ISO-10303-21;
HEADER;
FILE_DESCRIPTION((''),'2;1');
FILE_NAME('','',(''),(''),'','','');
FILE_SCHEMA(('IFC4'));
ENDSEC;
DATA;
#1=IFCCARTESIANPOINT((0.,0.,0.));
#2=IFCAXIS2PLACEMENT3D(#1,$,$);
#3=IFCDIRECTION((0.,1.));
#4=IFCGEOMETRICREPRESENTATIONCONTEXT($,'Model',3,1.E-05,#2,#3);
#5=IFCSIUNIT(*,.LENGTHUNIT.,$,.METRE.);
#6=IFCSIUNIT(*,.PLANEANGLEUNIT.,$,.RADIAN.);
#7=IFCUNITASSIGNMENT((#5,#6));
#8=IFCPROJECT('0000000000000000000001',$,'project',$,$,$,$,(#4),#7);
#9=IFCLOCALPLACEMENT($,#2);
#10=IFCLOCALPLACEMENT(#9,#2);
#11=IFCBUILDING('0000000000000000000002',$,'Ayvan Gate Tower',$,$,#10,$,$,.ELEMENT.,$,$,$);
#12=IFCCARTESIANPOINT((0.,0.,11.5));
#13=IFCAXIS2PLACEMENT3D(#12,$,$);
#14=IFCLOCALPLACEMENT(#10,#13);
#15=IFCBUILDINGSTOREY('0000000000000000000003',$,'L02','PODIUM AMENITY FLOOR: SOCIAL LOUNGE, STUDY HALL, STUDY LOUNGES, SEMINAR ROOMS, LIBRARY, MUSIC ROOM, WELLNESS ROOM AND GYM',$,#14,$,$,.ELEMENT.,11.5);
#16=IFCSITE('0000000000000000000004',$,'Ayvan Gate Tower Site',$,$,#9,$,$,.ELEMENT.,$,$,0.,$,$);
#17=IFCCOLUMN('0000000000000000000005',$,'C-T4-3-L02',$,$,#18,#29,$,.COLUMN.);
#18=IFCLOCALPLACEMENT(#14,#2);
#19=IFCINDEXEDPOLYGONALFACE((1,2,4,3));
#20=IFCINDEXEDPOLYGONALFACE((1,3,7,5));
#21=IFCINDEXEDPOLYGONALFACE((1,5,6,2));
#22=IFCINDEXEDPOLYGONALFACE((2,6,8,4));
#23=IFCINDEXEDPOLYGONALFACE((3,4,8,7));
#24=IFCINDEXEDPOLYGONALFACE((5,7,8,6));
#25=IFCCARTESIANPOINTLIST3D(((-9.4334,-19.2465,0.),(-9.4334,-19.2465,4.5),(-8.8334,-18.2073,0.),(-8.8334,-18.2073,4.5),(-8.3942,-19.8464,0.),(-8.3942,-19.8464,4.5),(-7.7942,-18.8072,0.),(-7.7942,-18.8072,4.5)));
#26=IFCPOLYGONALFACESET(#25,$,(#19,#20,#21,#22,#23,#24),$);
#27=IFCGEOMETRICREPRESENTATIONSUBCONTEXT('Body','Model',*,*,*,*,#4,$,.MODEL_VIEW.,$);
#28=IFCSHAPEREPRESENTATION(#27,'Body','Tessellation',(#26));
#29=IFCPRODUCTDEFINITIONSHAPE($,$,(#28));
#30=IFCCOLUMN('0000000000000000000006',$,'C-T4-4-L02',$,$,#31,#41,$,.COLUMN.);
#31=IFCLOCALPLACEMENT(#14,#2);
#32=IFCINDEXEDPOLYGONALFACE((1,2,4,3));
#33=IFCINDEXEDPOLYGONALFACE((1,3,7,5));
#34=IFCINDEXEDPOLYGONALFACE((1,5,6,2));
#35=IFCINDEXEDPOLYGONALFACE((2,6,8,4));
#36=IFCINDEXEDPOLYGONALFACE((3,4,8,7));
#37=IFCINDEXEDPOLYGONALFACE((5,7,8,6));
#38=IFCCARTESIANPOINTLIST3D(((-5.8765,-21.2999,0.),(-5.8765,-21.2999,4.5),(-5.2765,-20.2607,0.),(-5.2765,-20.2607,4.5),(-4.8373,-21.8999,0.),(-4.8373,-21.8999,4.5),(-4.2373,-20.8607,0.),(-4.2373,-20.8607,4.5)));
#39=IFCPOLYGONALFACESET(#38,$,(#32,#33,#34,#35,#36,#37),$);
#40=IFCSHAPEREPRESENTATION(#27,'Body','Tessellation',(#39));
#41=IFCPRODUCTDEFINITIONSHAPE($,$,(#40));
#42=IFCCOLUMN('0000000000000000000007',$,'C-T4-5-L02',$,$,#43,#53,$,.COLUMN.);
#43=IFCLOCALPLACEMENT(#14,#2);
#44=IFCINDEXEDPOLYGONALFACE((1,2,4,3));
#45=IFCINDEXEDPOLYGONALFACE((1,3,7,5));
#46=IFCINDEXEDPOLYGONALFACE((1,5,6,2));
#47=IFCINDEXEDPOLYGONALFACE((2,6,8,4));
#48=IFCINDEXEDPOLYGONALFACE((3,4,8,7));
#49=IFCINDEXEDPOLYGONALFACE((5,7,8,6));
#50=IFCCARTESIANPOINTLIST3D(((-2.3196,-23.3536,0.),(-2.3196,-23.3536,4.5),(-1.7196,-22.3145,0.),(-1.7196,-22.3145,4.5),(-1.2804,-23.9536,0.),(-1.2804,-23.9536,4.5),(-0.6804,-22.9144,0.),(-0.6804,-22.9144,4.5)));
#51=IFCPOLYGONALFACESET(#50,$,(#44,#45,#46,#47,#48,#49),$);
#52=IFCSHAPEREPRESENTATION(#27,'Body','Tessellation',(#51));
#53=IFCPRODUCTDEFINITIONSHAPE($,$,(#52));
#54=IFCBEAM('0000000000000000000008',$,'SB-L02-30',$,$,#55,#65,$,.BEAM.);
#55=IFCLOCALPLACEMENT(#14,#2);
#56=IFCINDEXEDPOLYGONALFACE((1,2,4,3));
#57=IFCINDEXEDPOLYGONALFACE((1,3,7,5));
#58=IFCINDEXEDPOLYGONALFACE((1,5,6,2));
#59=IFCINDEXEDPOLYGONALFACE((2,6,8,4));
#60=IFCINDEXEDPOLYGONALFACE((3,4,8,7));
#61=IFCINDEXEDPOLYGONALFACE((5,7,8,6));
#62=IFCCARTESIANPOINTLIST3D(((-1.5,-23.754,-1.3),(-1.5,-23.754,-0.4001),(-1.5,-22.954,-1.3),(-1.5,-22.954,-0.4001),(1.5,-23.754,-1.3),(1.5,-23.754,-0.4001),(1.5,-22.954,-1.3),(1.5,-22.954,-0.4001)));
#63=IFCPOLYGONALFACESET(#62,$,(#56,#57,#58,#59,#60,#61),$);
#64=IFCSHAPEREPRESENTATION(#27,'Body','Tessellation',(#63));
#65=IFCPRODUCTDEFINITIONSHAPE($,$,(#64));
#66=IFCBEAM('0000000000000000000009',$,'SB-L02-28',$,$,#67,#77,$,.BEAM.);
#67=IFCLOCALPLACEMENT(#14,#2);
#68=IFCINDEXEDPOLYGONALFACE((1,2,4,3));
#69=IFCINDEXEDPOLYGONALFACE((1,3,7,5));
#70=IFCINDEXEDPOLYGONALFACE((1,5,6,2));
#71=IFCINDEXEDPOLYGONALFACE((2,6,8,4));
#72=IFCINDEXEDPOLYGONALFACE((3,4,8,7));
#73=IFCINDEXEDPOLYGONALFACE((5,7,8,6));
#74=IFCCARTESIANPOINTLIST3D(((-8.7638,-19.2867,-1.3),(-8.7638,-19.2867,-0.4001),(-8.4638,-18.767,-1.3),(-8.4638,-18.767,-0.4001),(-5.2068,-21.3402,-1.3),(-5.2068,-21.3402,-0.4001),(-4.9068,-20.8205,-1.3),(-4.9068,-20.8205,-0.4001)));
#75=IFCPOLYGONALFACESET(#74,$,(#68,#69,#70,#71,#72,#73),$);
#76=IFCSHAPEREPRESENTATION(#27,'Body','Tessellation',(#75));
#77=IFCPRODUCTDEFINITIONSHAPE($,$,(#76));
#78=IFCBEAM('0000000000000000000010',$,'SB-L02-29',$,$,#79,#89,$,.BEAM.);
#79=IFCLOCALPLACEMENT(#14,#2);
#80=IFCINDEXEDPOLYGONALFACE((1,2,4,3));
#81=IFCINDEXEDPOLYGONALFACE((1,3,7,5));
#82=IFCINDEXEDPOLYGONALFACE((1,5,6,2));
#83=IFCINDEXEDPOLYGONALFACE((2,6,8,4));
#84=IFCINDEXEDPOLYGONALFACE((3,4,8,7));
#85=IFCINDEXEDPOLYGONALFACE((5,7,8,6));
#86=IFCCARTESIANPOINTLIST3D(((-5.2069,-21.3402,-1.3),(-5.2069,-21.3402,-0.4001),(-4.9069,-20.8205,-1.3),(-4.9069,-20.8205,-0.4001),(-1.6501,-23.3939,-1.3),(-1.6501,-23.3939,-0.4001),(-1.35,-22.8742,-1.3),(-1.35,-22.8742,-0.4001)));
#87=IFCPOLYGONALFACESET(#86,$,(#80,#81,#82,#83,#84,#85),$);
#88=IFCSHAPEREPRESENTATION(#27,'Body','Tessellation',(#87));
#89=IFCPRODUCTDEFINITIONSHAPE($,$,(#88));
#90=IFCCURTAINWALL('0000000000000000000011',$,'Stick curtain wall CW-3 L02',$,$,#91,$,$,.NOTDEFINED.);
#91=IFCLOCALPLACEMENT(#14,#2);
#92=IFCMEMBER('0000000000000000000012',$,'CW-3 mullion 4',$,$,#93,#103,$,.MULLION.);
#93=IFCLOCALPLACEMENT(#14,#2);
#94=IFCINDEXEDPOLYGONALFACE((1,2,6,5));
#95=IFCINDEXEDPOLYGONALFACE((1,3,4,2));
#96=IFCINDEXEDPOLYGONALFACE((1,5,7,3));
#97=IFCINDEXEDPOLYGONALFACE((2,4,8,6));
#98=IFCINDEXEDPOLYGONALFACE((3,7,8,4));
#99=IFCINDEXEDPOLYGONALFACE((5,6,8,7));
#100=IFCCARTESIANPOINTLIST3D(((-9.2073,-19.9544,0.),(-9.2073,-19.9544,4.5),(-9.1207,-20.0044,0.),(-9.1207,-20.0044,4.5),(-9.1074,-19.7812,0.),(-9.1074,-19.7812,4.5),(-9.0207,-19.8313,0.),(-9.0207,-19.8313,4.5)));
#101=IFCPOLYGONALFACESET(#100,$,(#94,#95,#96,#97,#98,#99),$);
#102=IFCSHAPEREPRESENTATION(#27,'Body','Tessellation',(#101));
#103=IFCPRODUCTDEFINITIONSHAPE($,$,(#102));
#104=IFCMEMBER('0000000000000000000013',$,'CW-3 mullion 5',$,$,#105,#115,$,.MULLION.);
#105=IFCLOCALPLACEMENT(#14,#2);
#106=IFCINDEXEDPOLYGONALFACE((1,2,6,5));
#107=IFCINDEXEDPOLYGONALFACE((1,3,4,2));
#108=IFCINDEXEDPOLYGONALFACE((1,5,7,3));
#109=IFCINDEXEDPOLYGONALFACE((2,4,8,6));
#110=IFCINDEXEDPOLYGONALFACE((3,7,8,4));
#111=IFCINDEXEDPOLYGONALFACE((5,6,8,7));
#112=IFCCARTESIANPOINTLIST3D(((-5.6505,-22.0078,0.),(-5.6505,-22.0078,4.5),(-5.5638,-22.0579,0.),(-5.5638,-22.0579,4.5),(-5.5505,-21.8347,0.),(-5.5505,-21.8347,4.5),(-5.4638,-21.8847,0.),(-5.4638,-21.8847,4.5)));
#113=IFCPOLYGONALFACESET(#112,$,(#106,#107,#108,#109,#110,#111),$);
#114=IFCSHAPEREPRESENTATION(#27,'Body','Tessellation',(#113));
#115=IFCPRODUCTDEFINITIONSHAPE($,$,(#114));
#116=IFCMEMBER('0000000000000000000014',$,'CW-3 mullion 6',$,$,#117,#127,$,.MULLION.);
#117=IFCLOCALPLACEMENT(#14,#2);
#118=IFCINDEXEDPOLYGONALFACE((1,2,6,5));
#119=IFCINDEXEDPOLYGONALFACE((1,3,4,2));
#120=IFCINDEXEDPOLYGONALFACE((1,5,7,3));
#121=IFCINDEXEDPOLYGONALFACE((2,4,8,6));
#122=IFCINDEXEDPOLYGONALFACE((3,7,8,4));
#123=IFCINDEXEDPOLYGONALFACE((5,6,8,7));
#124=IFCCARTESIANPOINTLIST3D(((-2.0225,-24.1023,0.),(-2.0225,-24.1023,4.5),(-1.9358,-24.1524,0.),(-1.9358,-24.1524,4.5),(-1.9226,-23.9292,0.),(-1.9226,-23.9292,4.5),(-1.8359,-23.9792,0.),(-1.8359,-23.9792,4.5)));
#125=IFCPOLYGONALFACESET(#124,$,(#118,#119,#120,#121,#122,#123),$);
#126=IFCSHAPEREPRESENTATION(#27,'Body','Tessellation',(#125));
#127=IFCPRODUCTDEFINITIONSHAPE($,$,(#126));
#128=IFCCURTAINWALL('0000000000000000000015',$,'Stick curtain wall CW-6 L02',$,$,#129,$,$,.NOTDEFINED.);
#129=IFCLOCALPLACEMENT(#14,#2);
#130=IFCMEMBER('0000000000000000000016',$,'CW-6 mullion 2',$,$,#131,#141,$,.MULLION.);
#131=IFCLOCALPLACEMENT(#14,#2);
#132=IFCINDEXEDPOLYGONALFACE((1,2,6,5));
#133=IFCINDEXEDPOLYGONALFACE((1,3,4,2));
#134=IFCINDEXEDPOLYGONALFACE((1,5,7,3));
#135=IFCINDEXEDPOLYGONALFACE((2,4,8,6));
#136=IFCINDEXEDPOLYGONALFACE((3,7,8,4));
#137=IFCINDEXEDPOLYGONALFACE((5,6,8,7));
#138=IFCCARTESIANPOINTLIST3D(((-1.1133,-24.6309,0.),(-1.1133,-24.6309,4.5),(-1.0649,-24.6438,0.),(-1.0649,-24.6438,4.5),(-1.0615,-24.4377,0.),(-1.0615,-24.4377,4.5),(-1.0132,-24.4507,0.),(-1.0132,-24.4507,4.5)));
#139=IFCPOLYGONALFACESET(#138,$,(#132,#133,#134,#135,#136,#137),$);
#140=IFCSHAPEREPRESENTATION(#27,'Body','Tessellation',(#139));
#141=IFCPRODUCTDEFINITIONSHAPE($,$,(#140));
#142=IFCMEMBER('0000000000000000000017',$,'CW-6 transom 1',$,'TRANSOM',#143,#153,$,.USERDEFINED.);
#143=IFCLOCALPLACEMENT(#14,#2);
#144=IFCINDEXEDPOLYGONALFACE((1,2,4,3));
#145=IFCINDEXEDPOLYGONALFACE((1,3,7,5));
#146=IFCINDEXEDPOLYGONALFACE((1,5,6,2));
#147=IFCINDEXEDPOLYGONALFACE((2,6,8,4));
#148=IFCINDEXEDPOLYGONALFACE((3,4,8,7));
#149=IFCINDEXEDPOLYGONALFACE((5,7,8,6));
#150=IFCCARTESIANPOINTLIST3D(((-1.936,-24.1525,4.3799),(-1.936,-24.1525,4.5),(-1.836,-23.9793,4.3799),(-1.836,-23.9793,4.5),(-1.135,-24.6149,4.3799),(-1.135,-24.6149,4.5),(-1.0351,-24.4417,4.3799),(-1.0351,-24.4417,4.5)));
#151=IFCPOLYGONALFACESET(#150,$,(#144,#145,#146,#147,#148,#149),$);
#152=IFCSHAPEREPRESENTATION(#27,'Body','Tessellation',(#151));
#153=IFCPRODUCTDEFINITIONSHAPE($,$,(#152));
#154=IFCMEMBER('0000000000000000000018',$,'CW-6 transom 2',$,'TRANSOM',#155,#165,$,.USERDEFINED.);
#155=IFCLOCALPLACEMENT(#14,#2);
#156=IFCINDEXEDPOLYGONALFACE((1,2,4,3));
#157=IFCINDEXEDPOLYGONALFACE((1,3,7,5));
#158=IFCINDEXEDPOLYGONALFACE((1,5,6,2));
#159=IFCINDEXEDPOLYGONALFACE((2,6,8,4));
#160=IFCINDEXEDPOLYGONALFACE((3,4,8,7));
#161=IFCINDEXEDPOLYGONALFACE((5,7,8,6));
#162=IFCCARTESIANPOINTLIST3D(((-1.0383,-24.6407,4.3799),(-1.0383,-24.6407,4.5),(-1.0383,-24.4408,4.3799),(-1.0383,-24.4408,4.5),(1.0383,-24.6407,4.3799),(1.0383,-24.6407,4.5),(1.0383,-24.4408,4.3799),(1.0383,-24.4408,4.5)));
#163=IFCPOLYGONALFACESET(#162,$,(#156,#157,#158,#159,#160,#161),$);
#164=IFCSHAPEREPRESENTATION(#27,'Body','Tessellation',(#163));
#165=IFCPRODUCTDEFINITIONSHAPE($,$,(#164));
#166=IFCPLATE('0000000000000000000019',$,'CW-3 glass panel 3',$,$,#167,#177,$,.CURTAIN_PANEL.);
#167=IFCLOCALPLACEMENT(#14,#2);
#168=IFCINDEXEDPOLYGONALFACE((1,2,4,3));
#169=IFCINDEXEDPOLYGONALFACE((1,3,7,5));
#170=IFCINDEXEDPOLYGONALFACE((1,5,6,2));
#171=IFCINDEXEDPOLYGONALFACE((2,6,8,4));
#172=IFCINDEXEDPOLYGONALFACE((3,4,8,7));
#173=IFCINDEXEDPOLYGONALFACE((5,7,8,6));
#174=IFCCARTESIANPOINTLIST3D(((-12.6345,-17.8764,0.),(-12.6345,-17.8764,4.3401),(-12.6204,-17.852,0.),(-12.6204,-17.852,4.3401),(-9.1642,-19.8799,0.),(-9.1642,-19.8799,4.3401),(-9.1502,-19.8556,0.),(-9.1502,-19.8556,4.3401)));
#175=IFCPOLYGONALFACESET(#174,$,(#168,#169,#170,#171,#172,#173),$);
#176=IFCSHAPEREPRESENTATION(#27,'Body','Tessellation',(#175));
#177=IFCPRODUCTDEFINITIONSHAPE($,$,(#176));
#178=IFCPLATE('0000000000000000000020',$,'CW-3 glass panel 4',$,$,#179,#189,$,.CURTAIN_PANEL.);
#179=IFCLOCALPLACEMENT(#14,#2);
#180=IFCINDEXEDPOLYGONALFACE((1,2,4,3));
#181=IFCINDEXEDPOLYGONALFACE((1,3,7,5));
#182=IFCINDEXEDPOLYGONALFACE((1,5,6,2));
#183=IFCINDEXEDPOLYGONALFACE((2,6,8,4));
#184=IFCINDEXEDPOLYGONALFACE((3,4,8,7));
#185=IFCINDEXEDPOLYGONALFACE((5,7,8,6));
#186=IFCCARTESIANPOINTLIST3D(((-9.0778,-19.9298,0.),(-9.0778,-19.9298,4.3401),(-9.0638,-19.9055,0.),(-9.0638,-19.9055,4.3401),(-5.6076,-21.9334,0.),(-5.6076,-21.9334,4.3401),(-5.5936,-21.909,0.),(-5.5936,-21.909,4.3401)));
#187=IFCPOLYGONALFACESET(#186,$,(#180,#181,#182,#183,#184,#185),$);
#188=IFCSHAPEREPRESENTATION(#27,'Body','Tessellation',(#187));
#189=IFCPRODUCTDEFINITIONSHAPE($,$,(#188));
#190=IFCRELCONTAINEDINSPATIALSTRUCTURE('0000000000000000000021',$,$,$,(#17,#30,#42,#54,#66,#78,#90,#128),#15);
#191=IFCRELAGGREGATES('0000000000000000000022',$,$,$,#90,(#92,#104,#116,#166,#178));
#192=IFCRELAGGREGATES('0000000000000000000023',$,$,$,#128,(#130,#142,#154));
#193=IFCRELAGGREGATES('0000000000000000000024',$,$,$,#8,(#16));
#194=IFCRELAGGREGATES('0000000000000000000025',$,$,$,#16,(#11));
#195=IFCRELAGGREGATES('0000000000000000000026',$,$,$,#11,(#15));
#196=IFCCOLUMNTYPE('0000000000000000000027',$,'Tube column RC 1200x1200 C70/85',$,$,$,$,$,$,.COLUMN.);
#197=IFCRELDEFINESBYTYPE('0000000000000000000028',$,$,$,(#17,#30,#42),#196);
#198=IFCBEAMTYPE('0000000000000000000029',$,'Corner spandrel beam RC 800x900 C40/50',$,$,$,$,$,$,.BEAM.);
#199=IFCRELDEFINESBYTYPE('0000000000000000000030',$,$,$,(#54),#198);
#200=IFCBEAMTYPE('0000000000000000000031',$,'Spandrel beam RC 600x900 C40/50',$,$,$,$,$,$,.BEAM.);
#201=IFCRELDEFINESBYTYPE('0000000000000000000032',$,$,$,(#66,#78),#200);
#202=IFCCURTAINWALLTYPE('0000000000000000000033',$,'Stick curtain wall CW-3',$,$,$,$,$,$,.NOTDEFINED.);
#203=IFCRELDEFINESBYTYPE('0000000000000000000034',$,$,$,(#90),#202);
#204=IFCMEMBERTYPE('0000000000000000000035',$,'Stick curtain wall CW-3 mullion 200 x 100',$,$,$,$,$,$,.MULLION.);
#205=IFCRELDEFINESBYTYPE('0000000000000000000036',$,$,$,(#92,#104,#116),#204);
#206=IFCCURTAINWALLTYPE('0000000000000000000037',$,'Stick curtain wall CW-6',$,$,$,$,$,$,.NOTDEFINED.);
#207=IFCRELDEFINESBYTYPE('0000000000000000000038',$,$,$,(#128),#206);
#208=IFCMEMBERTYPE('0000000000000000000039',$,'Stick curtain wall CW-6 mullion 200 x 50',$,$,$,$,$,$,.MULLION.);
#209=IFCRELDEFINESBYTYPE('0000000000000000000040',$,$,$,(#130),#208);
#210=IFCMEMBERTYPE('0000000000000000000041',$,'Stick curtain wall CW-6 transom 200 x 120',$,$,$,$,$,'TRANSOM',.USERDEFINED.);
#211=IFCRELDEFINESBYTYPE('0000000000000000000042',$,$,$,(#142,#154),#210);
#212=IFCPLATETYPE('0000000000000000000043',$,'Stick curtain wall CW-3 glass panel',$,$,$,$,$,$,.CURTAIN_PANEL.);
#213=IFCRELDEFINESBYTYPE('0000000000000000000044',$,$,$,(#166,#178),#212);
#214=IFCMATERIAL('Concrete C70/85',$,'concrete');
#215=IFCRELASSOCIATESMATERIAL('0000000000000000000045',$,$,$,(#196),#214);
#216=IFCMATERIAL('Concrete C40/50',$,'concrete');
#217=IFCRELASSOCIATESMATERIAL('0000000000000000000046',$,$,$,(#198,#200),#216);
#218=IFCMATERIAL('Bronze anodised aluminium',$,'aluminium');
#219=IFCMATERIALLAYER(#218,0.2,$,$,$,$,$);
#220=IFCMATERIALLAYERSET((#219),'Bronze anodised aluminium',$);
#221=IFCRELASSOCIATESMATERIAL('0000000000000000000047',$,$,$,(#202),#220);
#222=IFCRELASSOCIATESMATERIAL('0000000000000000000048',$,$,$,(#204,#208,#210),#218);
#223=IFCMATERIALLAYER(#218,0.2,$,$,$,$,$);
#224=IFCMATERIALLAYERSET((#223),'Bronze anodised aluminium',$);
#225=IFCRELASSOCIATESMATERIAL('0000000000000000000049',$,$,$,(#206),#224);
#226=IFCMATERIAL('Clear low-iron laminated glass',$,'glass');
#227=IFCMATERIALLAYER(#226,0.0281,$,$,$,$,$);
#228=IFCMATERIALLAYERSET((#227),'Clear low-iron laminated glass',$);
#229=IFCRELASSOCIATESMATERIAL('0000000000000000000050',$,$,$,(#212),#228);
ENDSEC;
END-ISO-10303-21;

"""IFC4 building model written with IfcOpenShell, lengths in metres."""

from ifc_helpers import new_model, si_unit, direction, frame, origin, origin_2d, place, context, subcontext, project, spatial, rectangle, extrude, material, layer, layer_set, material_profile, profile_set, type_object, element, aggregate, save


model = new_model("IFC4")

# Units and contexts
model_context = context("Model", 3, precision=1e-05, world=origin(), true_north=direction((0.0, 1.0)))
body_context = subcontext(model_context, "Body", "Model", "MODEL_VIEW")
ifc_project = project(units=[si_unit("LENGTHUNIT", "METRE"), si_unit("PLANEANGLEUNIT", "RADIAN")], contexts=[model_context])

# Site, building, storey
site_placement = place(None, origin())
site = spatial("IfcSite", under=ifc_project, at=site_placement, Name="Ayvan Gate Tower Site", CompositionType="ELEMENT", RefElevation=0.0)
building_placement = place(site_placement, origin())
building = spatial("IfcBuilding", under=site, at=building_placement, Name="Ayvan Gate Tower", CompositionType="ELEMENT")
storey_placement = place(building_placement, frame((0.0, 0.0, 11.5)))
storey = spatial("IfcBuildingStorey", under=building, at=storey_placement, Name="L02", Description="PODIUM AMENITY FLOOR: SOCIAL LOUNGE, STUDY HALL, STUDY LOUNGES, SEMINAR ROOMS, LIBRARY, MUSIC ROOM, WELLNESS ROOM AND GYM", CompositionType="ELEMENT", Elevation=11.5)

# Columns
ifc_material_1 = material(Name="Concrete C70/85", Category="concrete")
ifc_material_profile_1 = material_profile(ifc_material_1, rectangle(XDim=1.2, YDim=1.2, at=origin_2d()), Name="RC 1200x1200")
ifc_profile_set_1 = profile_set([ifc_material_profile_1], Name="Concrete C70/85")
column_type = type_object("IfcColumnType", Name="Tube column RC 1200x1200 C70/85", PredefinedType="COLUMN", material=ifc_profile_set_1)
for number, where, z_axis, x_axis, name in (
    (1, (-8.6138, -19.0269, 0.0), (0.0, 0.0, 1.0), (-0.5, -0.866025, 0.0), "C-T4-3-L02"),
    (2, (-5.0569, -21.0803, 0.0), (0.0, 0.0, 1.0), (-0.5, -0.866025, 0.0), "C-T4-4-L02"),
    (3, (-1.5, -23.134, 0.0), (0.0, 0.0, 1.0), (-0.5, -0.866025, 0.0), "C-T4-5-L02"),
):
    element("IfcColumn", number, at=place(storey_placement, frame(where, z_axis=z_axis, x_axis=x_axis)), inside=storey, type_object=column_type, Name=name, PredefinedType="COLUMN", context=body_context, shape_type="SweptSolid", body=[
        extrude(rectangle(XDim=1.2, YDim=1.2, at=origin_2d()), origin(), (0.0, 0.0, 1.0), 4.5),
    ])

# Beams
ifc_material_2 = material(Name="Concrete C40/50", Category="concrete")
ifc_material_profile_2 = material_profile(ifc_material_2, rectangle(XDim=0.8, YDim=0.8999, at=origin_2d()), Name="RC 800x900")
ifc_profile_set_2 = profile_set([ifc_material_profile_2], Name="Concrete C40/50")
beam_type_1 = type_object("IfcBeamType", Name="Corner spandrel beam RC 800x900 C40/50", PredefinedType="BEAM", material=ifc_profile_set_2)
beam_placement = place(storey_placement, frame((-1.5, -23.354, -0.8501), z_axis=(1.0, 0.0, 0.0), x_axis=(0.0, 1.0, 0.0)))
element("IfcBeam", 4, at=beam_placement, inside=storey, type_object=beam_type_1, Name="SB-L02-30", PredefinedType="BEAM", context=body_context, shape_type="SweptSolid", body=[
    extrude(rectangle(XDim=0.8, YDim=0.8999, at=origin_2d()), origin(), (0.0, 0.0, 1.0), 3.0),
])
ifc_material_profile_3 = material_profile(ifc_material_2, rectangle(XDim=0.6001, YDim=0.8999, at=origin_2d()), Name="RC 600x900")
ifc_profile_set_3 = profile_set([ifc_material_profile_3], Name="Concrete C40/50")
beam_type_2 = type_object("IfcBeamType", Name="Spandrel beam RC 600x900 C40/50", PredefinedType="BEAM", material=ifc_profile_set_3)
for number, where, z_axis, x_axis, name in (
    (5, (-8.6138, -19.0269, -0.8501), (0.866036, -0.499981, 0.0), (0.499981, 0.866036, 0.0), "SB-L02-28"),
    (6, (-5.0569, -21.0803, -0.8501), (0.86601, -0.500026, 0.0), (0.500026, 0.86601, 0.0), "SB-L02-29"),
):
    element("IfcBeam", number, at=place(storey_placement, frame(where, z_axis=z_axis, x_axis=x_axis)), inside=storey, type_object=beam_type_2, Name=name, PredefinedType="BEAM", context=body_context, shape_type="SweptSolid", body=[
        extrude(rectangle(XDim=0.6001, YDim=0.8999, at=origin_2d()), origin(), (0.0, 0.0, 1.0), 4.1072),
    ])

# Curtain walls, members
ifc_material_3 = material(Name="Bronze anodised aluminium", Category="aluminium")
ifc_layer_1 = layer(ifc_material_3, 0.2)
ifc_layer_set_1 = layer_set([ifc_layer_1], Name="Bronze anodised aluminium")
curtain_wall_type_1 = type_object("IfcCurtainWallType", Name="Stick curtain wall CW-3", PredefinedType="NOTDEFINED", material=ifc_layer_set_1)
curtain_wall_1_placement = place(storey_placement, origin())
curtain_wall_1 = element("IfcCurtainWall", 7, at=curtain_wall_1_placement, inside=storey, type_object=curtain_wall_type_1, Name="Stick curtain wall CW-3 L02", PredefinedType="NOTDEFINED")
ifc_material_profile_4 = material_profile(ifc_material_3, rectangle(XDim=0.2, YDim=0.1001, at=origin_2d()), Name="Stick curtain wall CW-3 mullion 200 x 100")
ifc_profile_set_4 = profile_set([ifc_material_profile_4], Name="Bronze anodised aluminium")
member_type_1 = type_object("IfcMemberType", Name="Stick curtain wall CW-3 mullion 200 x 100", PredefinedType="MULLION", material=ifc_profile_set_4)
member_1_placement = place(storey_placement, frame((-9.114, -19.8928, 0.0), z_axis=(0.0, 0.0, 1.0), x_axis=(-0.5, -0.866025, 0.0)))
member_1 = element("IfcMember", 8, at=member_1_placement, type_object=member_type_1, Name="CW-3 mullion 4", PredefinedType="MULLION", context=body_context, shape_type="SweptSolid", body=[
    extrude(rectangle(XDim=0.2, YDim=0.1001, at=origin_2d()), origin(), (0.0, 0.0, 1.0), 4.5),
])
member_2_placement = place(storey_placement, frame((-5.5571, -21.9463, 0.0), z_axis=(0.0, 0.0, 1.0), x_axis=(-0.5, -0.866025, 0.0)))
member_2 = element("IfcMember", 9, at=member_2_placement, type_object=member_type_1, Name="CW-3 mullion 5", PredefinedType="MULLION", context=body_context, shape_type="SweptSolid", body=[
    extrude(rectangle(XDim=0.2, YDim=0.1001, at=origin_2d()), origin(), (0.0, 0.0, 1.0), 4.5),
])
member_3_placement = place(storey_placement, frame((-1.9292, -24.0408, 0.0), z_axis=(0.0, 0.0, 1.0), x_axis=(-0.5, -0.866025, 0.0)))
member_3 = element("IfcMember", 10, at=member_3_placement, type_object=member_type_1, Name="CW-3 mullion 6", PredefinedType="MULLION", context=body_context, shape_type="SweptSolid", body=[
    extrude(rectangle(XDim=0.2, YDim=0.1001, at=origin_2d()), origin(), (0.0, 0.0, 1.0), 4.5),
])
ifc_layer_2 = layer(ifc_material_3, 0.2)
ifc_layer_set_2 = layer_set([ifc_layer_2], Name="Bronze anodised aluminium")
curtain_wall_type_2 = type_object("IfcCurtainWallType", Name="Stick curtain wall CW-6", PredefinedType="NOTDEFINED", material=ifc_layer_set_2)
curtain_wall_2_placement = place(storey_placement, origin())
curtain_wall_2 = element("IfcCurtainWall", 11, at=curtain_wall_2_placement, inside=storey, type_object=curtain_wall_type_2, Name="Stick curtain wall CW-6 L02", PredefinedType="NOTDEFINED")
ifc_material_profile_5 = material_profile(ifc_material_3, rectangle(XDim=0.2, YDim=0.05, at=origin_2d()), Name="Stick curtain wall CW-6 mullion 200 x 50")
ifc_profile_set_5 = profile_set([ifc_material_profile_5], Name="Bronze anodised aluminium")
member_type_2 = type_object("IfcMemberType", Name="Stick curtain wall CW-6 mullion 200 x 50", PredefinedType="MULLION", material=ifc_profile_set_5)
member_4_placement = place(storey_placement, frame((-1.0632, -24.5408, 0.0), z_axis=(0.0, 0.0, 1.0), x_axis=(-0.258819, -0.965926, 0.0)))
member_4 = element("IfcMember", 12, at=member_4_placement, type_object=member_type_2, Name="CW-6 mullion 2", PredefinedType="MULLION", context=body_context, shape_type="SweptSolid", body=[
    extrude(rectangle(XDim=0.2, YDim=0.05, at=origin_2d()), origin(), (0.0, 0.0, 1.0), 4.5),
])
ifc_material_profile_6 = material_profile(ifc_material_3, rectangle(XDim=0.2, YDim=0.1201, at=origin_2d()), Name="Stick curtain wall CW-6 transom 200 x 120")
ifc_profile_set_6 = profile_set([ifc_material_profile_6], Name="Bronze anodised aluminium")
member_type_3 = type_object("IfcMemberType", Name="Stick curtain wall CW-6 transom 200 x 120", ElementType="TRANSOM", PredefinedType="USERDEFINED", material=ifc_profile_set_6)
member_5_placement = place(storey_placement, frame((-1.886, -24.0659, 4.4399), z_axis=(0.866058, -0.499943, 0.0), x_axis=(0.499943, 0.866058, 0.0)))
member_5 = element("IfcMember", 13, at=member_5_placement, type_object=member_type_3, Name="CW-6 transom 1", ObjectType="TRANSOM", PredefinedType="USERDEFINED", context=body_context, shape_type="SweptSolid", body=[
    extrude(rectangle(XDim=0.2, YDim=0.1201, at=origin_2d()), origin(), (0.0, 0.0, 1.0), 0.9248),
])
member_6_placement = place(storey_placement, frame((-1.0383, -24.5408, 4.4399), z_axis=(1.0, 0.0, 0.0), x_axis=(0.0, 1.0, 0.0)))
member_6 = element("IfcMember", 14, at=member_6_placement, type_object=member_type_3, Name="CW-6 transom 2", ObjectType="TRANSOM", PredefinedType="USERDEFINED", context=body_context, shape_type="SweptSolid", body=[
    extrude(rectangle(XDim=0.2, YDim=0.1201, at=origin_2d()), origin(), (0.0, 0.0, 1.0), 2.0767),
])

# Plates
ifc_material_4 = material(Name="Clear low-iron laminated glass", Category="glass")
ifc_layer_3 = layer(ifc_material_4, 0.0281)
ifc_layer_set_3 = layer_set([ifc_layer_3], Name="Clear low-iron laminated glass")
plate_type_1 = type_object("IfcPlateType", Name="Stick curtain wall CW-3 glass panel", PredefinedType="CURTAIN_PANEL", material=ifc_layer_set_3)
plate_1_placement = place(storey_placement, frame((-10.8923, -18.866, 0.0), z_axis=(0.0, 0.0, 1.0), x_axis=(0.866025, -0.5, 0.0)))
plate_1 = element("IfcPlate", 15, at=plate_1_placement, type_object=plate_type_1, Name="CW-3 glass panel 3", PredefinedType="CURTAIN_PANEL", context=body_context, shape_type="SweptSolid", body=[
    extrude(rectangle(XDim=4.0071, YDim=0.0281, at=origin_2d()), origin(), (0.0, 0.0, 1.0), 4.3401),
])
plate_2_placement = place(storey_placement, frame((-7.3357, -20.9194, 0.0), z_axis=(0.0, 0.0, 1.0), x_axis=(0.866025, -0.5, 0.0)))
plate_2 = element("IfcPlate", 16, at=plate_2_placement, type_object=plate_type_1, Name="CW-3 glass panel 4", PredefinedType="CURTAIN_PANEL", context=body_context, shape_type="SweptSolid", body=[
    extrude(rectangle(XDim=4.0071, YDim=0.0281, at=origin_2d()), origin(), (0.0, 0.0, 1.0), 4.3401),
])
aggregate(curtain_wall_1, [member_1, member_2, member_3, plate_1, plate_2])
aggregate(curtain_wall_2, [member_4, member_5, member_6])

save(model, "model.ifc")
